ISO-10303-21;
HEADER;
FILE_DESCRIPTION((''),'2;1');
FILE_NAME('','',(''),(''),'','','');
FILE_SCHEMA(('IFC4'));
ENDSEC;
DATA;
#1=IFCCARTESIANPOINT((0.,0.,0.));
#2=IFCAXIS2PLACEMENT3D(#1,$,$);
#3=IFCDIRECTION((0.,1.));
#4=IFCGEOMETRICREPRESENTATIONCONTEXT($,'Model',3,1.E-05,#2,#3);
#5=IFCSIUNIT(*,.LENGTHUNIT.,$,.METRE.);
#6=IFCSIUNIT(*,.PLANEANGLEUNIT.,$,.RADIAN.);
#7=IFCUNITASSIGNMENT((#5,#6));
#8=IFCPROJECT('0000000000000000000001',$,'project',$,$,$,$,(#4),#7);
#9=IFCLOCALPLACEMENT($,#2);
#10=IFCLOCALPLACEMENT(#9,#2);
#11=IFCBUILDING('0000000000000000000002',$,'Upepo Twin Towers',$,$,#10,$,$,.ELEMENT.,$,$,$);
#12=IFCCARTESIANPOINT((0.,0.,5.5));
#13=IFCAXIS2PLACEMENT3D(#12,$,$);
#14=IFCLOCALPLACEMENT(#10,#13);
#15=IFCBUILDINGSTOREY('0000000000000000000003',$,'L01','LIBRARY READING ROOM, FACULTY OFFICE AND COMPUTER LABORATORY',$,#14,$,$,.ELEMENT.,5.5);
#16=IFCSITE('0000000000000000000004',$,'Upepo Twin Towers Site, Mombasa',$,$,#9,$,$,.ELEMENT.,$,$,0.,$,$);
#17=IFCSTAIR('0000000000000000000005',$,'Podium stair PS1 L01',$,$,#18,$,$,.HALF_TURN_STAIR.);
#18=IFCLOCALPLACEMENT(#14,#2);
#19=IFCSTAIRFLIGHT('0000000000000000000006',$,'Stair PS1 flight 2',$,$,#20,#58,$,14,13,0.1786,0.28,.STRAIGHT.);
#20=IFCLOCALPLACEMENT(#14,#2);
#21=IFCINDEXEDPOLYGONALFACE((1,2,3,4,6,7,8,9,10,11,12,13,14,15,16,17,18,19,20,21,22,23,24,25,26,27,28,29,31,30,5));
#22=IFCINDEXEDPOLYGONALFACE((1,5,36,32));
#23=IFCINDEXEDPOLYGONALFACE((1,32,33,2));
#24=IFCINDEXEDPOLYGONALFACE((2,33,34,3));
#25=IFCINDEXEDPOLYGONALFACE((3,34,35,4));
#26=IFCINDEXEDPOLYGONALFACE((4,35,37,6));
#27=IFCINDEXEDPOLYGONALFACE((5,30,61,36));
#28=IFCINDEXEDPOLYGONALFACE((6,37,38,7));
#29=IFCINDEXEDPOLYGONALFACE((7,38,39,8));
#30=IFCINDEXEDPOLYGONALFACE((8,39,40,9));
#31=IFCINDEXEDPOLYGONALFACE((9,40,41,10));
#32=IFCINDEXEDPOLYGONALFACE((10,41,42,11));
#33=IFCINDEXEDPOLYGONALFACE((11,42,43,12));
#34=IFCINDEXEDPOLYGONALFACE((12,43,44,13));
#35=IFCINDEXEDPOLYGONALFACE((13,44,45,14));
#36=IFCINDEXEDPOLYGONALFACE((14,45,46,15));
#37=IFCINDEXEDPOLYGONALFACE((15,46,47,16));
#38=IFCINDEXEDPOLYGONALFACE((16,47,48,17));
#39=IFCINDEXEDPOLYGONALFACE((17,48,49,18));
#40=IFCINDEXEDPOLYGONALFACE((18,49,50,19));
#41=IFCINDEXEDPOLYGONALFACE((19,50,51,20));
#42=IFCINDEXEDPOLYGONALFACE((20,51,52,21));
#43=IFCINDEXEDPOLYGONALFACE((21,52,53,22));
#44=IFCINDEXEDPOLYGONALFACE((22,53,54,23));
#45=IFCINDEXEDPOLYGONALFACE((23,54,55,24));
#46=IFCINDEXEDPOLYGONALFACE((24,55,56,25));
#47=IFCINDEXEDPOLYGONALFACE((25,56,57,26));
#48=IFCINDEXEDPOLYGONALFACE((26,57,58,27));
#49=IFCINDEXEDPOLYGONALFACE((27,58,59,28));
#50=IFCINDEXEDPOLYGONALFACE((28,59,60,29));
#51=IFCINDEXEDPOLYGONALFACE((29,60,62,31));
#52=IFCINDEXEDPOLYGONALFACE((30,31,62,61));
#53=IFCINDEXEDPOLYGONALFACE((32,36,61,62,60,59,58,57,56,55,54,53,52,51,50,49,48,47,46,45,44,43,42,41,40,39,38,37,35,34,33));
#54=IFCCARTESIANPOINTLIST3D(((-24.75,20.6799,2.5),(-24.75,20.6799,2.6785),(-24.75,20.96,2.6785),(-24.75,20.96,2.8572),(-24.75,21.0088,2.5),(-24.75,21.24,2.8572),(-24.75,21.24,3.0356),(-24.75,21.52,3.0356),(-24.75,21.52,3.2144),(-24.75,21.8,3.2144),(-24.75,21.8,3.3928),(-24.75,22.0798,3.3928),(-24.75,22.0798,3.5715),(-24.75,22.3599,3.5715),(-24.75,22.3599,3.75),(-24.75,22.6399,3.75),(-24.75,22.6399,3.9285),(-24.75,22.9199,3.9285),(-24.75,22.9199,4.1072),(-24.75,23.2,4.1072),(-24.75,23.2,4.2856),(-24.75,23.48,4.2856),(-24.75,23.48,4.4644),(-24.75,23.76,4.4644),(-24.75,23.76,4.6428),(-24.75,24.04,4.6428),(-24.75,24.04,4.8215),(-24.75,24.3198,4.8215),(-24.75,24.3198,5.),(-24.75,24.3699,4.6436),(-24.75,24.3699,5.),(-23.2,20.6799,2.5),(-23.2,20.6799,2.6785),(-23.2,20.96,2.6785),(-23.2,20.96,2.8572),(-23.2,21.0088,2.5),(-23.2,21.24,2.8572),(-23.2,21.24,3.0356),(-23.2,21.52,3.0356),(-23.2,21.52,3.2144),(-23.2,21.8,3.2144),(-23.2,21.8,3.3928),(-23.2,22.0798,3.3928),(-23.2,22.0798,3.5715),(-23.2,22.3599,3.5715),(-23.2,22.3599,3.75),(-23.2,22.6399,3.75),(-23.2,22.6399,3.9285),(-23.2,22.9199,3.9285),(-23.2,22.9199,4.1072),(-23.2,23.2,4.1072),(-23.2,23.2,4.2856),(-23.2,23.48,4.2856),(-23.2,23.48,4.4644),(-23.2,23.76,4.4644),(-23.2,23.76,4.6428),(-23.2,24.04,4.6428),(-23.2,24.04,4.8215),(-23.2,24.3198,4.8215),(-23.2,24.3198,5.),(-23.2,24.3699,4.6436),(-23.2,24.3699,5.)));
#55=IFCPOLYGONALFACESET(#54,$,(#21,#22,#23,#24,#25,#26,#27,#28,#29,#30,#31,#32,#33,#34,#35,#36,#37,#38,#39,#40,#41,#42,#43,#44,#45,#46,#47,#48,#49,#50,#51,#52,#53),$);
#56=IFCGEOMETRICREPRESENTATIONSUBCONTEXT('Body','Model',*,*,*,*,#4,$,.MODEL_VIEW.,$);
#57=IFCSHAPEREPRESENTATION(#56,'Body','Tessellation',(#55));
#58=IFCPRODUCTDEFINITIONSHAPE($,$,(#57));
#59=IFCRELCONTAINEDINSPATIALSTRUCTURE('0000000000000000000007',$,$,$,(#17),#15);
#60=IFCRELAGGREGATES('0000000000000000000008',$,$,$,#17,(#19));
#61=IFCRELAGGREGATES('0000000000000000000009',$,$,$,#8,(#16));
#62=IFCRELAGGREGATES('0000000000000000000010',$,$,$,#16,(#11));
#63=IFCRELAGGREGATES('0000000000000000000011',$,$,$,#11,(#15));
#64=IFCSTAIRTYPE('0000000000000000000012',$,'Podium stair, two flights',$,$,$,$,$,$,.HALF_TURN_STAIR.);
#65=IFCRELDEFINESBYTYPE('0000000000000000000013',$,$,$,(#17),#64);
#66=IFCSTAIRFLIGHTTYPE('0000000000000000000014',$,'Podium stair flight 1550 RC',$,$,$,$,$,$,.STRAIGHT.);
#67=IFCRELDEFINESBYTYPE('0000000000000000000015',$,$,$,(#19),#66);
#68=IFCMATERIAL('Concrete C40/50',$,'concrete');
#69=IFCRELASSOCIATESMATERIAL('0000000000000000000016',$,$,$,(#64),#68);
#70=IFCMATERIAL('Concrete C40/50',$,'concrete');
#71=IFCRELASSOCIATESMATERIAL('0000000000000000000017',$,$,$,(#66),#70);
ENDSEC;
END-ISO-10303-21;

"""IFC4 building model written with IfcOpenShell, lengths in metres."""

from ifc_helpers import new_model, si_unit, direction, frame, origin, place, context, subcontext, project, spatial, polyline, outline, extrude, material, type_object, element, aggregate, save


model = new_model("IFC4")

# Units and contexts
model_context = context("Model", 3, precision=1e-05, world=origin(), true_north=direction((0.0, 1.0)))
body_context = subcontext(model_context, "Body", "Model", "MODEL_VIEW")
ifc_project = project(units=[si_unit("LENGTHUNIT", "METRE"), si_unit("PLANEANGLEUNIT", "RADIAN")], contexts=[model_context])

# Site, building, storey
site_placement = place(None, origin())
site = spatial("IfcSite", under=ifc_project, at=site_placement, Name="Upepo Twin Towers Site, Mombasa", CompositionType="ELEMENT", RefElevation=0.0)
building_placement = place(site_placement, origin())
building = spatial("IfcBuilding", under=site, at=building_placement, Name="Upepo Twin Towers", CompositionType="ELEMENT")
storey_placement = place(building_placement, frame((0.0, 0.0, 5.5)))
storey = spatial("IfcBuildingStorey", under=building, at=storey_placement, Name="L01", Description="LIBRARY READING ROOM, FACULTY OFFICE AND COMPUTER LABORATORY", CompositionType="ELEMENT", Elevation=5.5)

# Stair, stair flight
ifc_material_1 = material(Name="Concrete C40/50", Category="concrete")
stair_type = type_object("IfcStairType", Name="Podium stair, two flights", PredefinedType="HALF_TURN_STAIR", material=ifc_material_1)
stair_placement = place(storey_placement, origin())
stair = element("IfcStair", 1, at=stair_placement, inside=storey, type_object=stair_type, Name="Podium stair PS1 L01", PredefinedType="HALF_TURN_STAIR")
ifc_material_2 = material(Name="Concrete C40/50", Category="concrete")
stair_flight_type = type_object("IfcStairFlightType", Name="Podium stair flight 1550 RC", PredefinedType="STRAIGHT", material=ifc_material_2)
stair_flight_placement = place(storey_placement, frame((-23.9751, 20.6799, 2.5), z_axis=(0.0, 0.0, 1.0), x_axis=(0.0, 1.0, 0.0)))
stair_flight = element("IfcStairFlight", 2, at=stair_flight_placement, type_object=stair_flight_type, Name="Stair PS1 flight 2", NumberOfRisers=14, NumberOfTreads=13, PredefinedType="STRAIGHT", RiserHeight=0.1786, TreadLength=0.28, context=body_context, shape_type="SweptSolid", body=[
    extrude(outline(polyline([(0.0, 0.0), (0.0, 0.1785), (0.28, 0.1785), (0.28, 0.3572), (0.5601, 0.3572), (0.5601, 0.5356), (0.8401, 0.5356), (0.8401, 0.7144), (1.1201, 0.7144), (1.1201, 0.8928), (1.3999, 0.8928), (1.3999, 1.0715), (1.6799, 1.0715), (1.6799, 1.25), (1.96, 1.25), (1.96, 1.4285), (2.24, 1.4285), (2.24, 1.6072), (2.52, 1.6072), (2.52, 1.7856), (2.8, 1.7856), (2.8, 1.9644), (3.0801, 1.9644), (3.0801, 2.1428), (3.3601, 2.1428), (3.3601, 2.3215), (3.6399, 2.3215), (3.6399, 2.5), (3.6899, 2.5), (3.6899, 2.1436), (0.3289, 0.0), (0.0, 0.0)])), frame((0.0, 0.7749, 0.0), z_axis=(0.0, -1.0, 0.0), x_axis=(1.0, 0.0, 0.0)), (0.0, 0.0, 1.0), 1.55),
])
aggregate(stair, [stair_flight])

save(model, "model.ifc")
